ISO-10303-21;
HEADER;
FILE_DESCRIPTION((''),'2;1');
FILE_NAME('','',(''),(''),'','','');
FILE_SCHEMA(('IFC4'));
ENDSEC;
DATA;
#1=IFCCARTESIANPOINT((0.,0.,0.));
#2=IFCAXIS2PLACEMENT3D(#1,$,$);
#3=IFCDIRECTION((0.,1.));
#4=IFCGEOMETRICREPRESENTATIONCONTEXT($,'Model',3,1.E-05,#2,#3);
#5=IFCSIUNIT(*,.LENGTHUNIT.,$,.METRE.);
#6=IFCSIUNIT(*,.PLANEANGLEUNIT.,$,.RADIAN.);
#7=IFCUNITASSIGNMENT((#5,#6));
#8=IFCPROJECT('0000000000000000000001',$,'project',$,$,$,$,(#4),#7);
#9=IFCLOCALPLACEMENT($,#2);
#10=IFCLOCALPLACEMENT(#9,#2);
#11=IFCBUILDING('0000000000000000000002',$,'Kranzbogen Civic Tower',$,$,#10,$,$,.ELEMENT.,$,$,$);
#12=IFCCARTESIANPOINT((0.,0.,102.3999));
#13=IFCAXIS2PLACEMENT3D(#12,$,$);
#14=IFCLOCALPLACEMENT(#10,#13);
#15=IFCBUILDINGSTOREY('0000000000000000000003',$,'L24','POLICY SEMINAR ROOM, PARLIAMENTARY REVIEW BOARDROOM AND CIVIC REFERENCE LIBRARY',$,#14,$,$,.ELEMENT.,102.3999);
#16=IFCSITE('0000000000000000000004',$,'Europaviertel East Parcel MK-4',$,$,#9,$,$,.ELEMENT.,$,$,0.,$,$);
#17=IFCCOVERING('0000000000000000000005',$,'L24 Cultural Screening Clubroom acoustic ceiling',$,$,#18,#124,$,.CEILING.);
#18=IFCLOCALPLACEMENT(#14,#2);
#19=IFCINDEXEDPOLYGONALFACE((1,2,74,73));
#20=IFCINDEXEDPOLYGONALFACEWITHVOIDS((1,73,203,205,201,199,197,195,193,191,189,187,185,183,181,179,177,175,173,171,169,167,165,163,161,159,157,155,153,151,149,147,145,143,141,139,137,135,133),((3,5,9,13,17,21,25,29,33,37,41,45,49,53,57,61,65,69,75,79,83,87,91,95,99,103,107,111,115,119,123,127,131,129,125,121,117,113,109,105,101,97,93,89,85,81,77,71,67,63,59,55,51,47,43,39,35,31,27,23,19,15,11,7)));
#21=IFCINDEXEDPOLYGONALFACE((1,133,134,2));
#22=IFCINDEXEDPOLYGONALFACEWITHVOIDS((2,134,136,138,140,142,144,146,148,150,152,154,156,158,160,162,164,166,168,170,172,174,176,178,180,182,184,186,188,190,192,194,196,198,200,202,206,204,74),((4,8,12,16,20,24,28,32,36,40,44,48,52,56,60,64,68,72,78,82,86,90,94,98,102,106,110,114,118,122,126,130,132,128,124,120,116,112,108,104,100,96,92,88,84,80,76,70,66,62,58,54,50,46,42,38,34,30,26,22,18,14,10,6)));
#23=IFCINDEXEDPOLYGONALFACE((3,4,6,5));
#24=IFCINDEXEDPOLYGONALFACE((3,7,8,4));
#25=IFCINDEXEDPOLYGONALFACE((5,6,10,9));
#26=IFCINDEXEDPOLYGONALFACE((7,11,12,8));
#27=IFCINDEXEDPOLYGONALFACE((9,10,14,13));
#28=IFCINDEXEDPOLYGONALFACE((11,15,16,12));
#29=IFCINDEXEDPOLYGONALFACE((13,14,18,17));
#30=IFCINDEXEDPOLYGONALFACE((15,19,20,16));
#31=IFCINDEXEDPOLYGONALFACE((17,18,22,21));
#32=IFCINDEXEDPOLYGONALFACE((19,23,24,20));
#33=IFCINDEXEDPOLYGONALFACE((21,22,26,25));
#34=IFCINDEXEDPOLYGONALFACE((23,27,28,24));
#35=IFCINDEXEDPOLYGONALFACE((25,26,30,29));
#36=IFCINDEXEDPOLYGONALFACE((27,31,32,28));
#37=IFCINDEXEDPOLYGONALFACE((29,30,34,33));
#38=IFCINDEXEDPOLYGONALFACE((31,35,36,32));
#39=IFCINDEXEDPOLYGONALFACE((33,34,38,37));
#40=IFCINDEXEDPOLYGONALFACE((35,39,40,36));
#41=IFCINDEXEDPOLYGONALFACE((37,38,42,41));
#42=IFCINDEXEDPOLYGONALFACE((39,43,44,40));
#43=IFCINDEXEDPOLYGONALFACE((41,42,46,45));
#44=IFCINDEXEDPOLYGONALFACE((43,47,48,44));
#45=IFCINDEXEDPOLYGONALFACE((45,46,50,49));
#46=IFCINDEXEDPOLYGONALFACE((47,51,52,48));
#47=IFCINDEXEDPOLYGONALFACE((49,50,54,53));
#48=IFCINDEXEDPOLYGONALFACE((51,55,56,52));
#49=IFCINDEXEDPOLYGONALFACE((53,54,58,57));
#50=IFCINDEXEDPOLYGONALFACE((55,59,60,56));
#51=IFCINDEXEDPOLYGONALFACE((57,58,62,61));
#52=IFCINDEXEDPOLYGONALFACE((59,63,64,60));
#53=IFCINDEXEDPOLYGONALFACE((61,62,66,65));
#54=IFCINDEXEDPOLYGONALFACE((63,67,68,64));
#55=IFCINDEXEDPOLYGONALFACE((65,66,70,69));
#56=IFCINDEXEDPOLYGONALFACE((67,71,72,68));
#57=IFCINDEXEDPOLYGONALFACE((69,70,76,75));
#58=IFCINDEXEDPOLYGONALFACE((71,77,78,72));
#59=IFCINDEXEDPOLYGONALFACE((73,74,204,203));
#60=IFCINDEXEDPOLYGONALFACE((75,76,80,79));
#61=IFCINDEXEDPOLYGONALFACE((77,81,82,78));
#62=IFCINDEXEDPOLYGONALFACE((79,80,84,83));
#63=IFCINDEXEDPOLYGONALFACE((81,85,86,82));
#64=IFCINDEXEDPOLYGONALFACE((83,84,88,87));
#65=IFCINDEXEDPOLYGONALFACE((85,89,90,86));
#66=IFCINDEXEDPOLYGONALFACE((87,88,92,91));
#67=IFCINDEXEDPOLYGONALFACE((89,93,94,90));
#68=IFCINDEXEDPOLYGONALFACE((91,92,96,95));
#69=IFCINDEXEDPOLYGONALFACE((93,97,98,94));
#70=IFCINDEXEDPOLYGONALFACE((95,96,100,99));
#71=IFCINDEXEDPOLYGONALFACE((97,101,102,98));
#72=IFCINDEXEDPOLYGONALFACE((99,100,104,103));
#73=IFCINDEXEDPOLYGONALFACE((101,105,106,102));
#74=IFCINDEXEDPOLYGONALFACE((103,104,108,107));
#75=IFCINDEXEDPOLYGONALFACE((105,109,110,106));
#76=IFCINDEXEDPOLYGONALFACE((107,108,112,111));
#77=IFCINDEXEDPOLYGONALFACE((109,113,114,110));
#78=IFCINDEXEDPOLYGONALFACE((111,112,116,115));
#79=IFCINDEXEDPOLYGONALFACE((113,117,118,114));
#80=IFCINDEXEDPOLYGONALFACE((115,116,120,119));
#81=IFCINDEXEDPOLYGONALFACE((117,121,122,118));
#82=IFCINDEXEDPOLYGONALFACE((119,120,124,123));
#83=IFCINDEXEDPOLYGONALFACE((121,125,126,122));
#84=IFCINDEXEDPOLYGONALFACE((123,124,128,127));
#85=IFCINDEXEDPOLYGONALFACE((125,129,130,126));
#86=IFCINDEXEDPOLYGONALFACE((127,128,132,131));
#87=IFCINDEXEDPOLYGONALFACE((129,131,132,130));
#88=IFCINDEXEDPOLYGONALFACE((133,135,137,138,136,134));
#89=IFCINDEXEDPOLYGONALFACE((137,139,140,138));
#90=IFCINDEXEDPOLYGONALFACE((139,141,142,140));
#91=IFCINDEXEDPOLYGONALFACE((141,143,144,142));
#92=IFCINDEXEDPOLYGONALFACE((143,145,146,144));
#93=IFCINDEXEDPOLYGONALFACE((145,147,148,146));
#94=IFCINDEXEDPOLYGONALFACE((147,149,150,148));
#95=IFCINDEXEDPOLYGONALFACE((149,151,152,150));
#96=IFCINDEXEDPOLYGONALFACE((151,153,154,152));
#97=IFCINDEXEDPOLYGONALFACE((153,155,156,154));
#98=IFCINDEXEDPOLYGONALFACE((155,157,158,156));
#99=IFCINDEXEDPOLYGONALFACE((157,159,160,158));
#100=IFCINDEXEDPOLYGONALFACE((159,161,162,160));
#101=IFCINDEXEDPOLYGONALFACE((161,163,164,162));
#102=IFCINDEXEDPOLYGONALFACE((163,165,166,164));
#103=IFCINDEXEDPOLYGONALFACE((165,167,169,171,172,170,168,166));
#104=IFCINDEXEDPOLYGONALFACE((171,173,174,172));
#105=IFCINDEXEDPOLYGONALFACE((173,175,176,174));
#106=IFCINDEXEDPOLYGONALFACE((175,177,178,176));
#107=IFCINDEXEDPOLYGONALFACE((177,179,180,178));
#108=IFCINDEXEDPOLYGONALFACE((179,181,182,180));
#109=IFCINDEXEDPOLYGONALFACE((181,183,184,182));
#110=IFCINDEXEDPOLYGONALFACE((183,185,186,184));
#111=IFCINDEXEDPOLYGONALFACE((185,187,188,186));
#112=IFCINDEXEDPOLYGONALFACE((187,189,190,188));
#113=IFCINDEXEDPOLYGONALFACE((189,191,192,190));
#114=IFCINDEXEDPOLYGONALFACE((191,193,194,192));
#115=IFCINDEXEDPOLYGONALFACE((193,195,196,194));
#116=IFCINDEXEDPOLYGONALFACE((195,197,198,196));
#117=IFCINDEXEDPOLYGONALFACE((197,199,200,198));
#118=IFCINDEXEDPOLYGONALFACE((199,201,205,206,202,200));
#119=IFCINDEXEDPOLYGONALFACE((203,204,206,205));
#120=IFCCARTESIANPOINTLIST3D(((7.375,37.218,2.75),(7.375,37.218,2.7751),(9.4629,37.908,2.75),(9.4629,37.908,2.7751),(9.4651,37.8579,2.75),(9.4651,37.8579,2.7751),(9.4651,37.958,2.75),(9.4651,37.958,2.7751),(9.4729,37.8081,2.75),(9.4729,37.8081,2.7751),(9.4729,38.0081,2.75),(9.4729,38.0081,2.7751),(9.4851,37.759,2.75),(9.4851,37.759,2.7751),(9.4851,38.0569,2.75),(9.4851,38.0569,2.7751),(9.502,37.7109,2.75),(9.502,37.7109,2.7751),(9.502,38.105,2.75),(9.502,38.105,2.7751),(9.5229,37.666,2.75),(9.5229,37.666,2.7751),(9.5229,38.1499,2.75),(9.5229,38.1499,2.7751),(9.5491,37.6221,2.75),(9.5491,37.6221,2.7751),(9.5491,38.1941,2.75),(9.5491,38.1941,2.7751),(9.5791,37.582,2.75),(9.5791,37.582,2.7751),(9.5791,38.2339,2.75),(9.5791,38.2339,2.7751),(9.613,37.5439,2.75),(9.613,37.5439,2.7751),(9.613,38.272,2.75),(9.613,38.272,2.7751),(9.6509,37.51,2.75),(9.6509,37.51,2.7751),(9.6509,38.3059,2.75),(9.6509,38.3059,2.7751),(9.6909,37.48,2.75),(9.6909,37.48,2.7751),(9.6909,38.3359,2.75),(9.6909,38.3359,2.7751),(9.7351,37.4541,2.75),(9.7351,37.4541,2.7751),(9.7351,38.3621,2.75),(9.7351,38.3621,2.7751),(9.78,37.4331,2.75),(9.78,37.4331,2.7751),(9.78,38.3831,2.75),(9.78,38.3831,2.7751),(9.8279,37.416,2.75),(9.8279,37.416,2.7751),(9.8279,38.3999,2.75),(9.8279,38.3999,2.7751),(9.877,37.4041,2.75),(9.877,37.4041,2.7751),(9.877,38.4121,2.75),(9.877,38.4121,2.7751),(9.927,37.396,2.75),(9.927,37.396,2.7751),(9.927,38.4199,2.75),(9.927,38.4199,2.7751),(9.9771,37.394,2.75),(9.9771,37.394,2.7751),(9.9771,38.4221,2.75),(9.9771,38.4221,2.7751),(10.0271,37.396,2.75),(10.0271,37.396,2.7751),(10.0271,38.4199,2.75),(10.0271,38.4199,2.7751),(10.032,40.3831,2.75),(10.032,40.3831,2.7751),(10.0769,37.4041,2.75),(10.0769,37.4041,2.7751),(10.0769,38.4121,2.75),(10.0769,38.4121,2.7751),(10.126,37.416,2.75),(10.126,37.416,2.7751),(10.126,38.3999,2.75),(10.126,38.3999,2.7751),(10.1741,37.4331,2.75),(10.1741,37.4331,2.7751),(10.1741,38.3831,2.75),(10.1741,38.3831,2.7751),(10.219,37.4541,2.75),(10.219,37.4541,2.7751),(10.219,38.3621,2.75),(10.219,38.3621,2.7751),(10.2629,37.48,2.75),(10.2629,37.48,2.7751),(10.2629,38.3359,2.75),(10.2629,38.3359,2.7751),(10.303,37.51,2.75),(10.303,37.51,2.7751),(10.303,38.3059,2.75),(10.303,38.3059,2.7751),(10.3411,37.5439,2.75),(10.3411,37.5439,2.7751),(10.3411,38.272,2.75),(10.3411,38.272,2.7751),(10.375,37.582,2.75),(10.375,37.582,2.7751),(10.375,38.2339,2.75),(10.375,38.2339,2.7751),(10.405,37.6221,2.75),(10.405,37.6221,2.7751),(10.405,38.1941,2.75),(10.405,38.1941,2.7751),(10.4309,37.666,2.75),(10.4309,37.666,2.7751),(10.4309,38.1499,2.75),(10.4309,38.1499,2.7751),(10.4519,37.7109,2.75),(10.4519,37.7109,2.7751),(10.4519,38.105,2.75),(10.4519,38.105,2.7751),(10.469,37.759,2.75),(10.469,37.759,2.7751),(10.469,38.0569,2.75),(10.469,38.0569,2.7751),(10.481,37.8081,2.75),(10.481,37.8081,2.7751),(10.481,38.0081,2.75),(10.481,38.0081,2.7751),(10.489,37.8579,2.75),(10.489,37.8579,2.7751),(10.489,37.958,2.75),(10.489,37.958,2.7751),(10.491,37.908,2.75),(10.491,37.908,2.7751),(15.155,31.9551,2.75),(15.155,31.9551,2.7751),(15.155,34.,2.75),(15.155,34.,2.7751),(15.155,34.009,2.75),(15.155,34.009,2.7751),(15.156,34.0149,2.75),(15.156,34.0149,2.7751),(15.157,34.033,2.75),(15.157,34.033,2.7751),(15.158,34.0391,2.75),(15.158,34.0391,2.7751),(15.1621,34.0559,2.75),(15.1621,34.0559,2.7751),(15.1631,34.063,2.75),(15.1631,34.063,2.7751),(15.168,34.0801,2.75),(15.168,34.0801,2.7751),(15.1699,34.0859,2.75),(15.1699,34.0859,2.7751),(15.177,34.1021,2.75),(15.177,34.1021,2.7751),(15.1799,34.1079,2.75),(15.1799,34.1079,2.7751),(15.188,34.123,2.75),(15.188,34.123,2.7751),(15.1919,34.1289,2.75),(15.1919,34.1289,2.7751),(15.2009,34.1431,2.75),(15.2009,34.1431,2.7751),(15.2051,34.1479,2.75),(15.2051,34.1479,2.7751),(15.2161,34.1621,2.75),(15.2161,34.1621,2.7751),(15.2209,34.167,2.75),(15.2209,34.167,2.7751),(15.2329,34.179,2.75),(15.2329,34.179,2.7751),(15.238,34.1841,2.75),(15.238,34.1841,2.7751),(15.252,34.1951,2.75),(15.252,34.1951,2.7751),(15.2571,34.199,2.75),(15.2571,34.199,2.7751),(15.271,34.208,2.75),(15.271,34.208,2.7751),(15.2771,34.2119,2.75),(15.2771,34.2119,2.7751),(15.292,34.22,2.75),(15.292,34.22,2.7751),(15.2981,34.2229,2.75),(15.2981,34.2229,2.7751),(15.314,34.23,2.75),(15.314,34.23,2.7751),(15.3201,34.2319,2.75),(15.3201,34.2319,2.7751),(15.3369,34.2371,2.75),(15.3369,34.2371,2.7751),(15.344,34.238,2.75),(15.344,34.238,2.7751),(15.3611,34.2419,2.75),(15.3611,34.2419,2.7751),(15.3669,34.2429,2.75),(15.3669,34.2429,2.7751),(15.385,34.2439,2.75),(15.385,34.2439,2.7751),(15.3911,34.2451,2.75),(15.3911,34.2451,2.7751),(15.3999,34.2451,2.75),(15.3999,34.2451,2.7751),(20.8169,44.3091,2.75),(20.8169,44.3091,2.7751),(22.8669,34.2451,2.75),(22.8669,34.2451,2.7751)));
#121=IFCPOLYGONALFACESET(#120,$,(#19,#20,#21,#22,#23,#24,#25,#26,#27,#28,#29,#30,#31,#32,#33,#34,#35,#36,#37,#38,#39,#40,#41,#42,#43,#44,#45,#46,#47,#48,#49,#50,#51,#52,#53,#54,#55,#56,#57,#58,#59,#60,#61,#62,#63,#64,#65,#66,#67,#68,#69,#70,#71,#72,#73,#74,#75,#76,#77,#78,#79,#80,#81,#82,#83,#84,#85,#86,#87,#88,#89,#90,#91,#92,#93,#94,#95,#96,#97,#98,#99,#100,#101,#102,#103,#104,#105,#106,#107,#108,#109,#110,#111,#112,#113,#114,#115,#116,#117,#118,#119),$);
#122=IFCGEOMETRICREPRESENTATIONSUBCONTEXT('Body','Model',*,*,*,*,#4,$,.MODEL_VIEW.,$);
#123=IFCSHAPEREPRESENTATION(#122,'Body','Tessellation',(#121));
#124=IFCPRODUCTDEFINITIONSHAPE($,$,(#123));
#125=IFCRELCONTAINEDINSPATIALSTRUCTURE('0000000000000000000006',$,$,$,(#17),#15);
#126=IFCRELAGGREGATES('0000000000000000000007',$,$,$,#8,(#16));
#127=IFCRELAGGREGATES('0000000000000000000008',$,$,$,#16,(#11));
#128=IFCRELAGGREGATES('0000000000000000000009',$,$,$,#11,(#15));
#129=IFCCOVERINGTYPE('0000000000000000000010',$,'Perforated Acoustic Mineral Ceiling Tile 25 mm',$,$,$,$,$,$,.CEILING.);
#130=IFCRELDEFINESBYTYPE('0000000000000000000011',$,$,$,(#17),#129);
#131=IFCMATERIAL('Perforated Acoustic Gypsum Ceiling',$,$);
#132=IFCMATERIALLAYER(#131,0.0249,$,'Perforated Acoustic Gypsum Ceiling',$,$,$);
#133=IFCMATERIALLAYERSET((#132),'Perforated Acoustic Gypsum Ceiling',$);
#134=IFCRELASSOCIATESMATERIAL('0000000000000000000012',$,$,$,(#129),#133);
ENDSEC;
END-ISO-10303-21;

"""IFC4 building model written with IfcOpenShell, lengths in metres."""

from ifc_helpers import new_model, si_unit, direction, frame, origin, place, context, subcontext, project, spatial, polyline, outline, extrude, material, layer, layer_set, type_object, element, save


model = new_model("IFC4")

# Units and contexts
model_context = context("Model", 3, precision=1e-05, world=origin(), true_north=direction((0.0, 1.0)))
body_context = subcontext(model_context, "Body", "Model", "MODEL_VIEW")
ifc_project = project(units=[si_unit("LENGTHUNIT", "METRE"), si_unit("PLANEANGLEUNIT", "RADIAN")], contexts=[model_context])

# Site, building, storey
site_placement = place(None, origin())
site = spatial("IfcSite", under=ifc_project, at=site_placement, Name="Europaviertel East Parcel MK-4", CompositionType="ELEMENT", RefElevation=0.0)
building_placement = place(site_placement, origin())
building = spatial("IfcBuilding", under=site, at=building_placement, Name="Kranzbogen Civic Tower", CompositionType="ELEMENT")
storey_placement = place(building_placement, frame((0.0, 0.0, 102.3999)))
storey = spatial("IfcBuildingStorey", under=building, at=storey_placement, Name="L24", Description="POLICY SEMINAR ROOM, PARLIAMENTARY REVIEW BOARDROOM AND CIVIC REFERENCE LIBRARY", CompositionType="ELEMENT", Elevation=102.3999)

# Covering
ifc_material_1 = material(Name="Perforated Acoustic Gypsum Ceiling")
ifc_layer_1 = layer(ifc_material_1, 0.0249, Name="Perforated Acoustic Gypsum Ceiling")
ifc_layer_set_1 = layer_set([ifc_layer_1], Name="Perforated Acoustic Gypsum Ceiling")
covering_type_1 = type_object("IfcCoveringType", Name="Perforated Acoustic Mineral Ceiling Tile 25 mm", PredefinedType="CEILING", material=ifc_layer_set_1)
covering_1_placement = place(storey_placement, frame((0.0, 0.0, 2.75)))
element("IfcCovering", 1, at=covering_1_placement, inside=storey, type_object=covering_type_1, Name="L24 Cultural Screening Clubroom acoustic ceiling", PredefinedType="CEILING", context=body_context, shape_type="SweptSolid", body=[
    extrude(outline(polyline([(20.8169, 44.3091), (22.8669, 34.2451), (15.3999, 34.2451), (15.3911, 34.2451), (15.385, 34.2439), (15.3669, 34.2429), (15.3611, 34.2419), (15.344, 34.238), (15.3369, 34.2371), (15.3201, 34.2319), (15.314, 34.23), (15.2981, 34.2229), (15.292, 34.22), (15.2771, 34.2119), (15.271, 34.208), (15.2571, 34.199), (15.252, 34.1951), (15.238, 34.1841), (15.2329, 34.179), (15.2209, 34.167), (15.2161, 34.1621), (15.2051, 34.1479), (15.2009, 34.1431), (15.1919, 34.1289), (15.188, 34.123), (15.1799, 34.1079), (15.177, 34.1021), (15.1699, 34.0859), (15.168, 34.0801), (15.1631, 34.063), (15.1621, 34.0559), (15.158, 34.0391), (15.157, 34.033), (15.156, 34.0149), (15.155, 34.009), (15.155, 34.0), (15.155, 31.9551), (7.375, 37.218), (10.032, 40.3831), (20.8169, 44.3091)]), holes=[polyline([(10.4519, 37.7109), (10.4309, 37.666), (10.405, 37.6221), (10.375, 37.582), (10.3411, 37.5439), (10.303, 37.51), (10.2629, 37.48), (10.219, 37.4541), (10.1741, 37.4331), (10.126, 37.416), (10.0769, 37.4041), (10.0271, 37.396), (9.9771, 37.394), (9.927, 37.396), (9.877, 37.4041), (9.8279, 37.416), (9.78, 37.4331), (9.7351, 37.4541), (9.6909, 37.48), (9.6509, 37.51), (9.613, 37.5439), (9.5791, 37.582), (9.5491, 37.6221), (9.5229, 37.666), (9.502, 37.7109), (9.4851, 37.759), (9.4729, 37.8081), (9.4651, 37.8579), (9.4629, 37.908), (9.4651, 37.958), (9.4729, 38.0081), (9.4851, 38.0569), (9.502, 38.105), (9.5229, 38.1499), (9.5491, 38.1941), (9.5791, 38.2339), (9.613, 38.272), (9.6509, 38.3059), (9.6909, 38.3359), (9.7351, 38.3621), (9.78, 38.3831), (9.8279, 38.3999), (9.877, 38.4121), (9.927, 38.4199), (9.9771, 38.4221), (10.0271, 38.4199), (10.0769, 38.4121), (10.126, 38.3999), (10.1741, 38.3831), (10.219, 38.3621), (10.2629, 38.3359), (10.303, 38.3059), (10.3411, 38.272), (10.375, 38.2339), (10.405, 38.1941), (10.4309, 38.1499), (10.4519, 38.105), (10.469, 38.0569), (10.481, 38.0081), (10.489, 37.958), (10.491, 37.908), (10.489, 37.8579), (10.481, 37.8081), (10.469, 37.759), (10.4519, 37.7109)])]), origin(), (0.0, 0.0, 1.0), 0.0251),
])

save(model, "model.ifc")
